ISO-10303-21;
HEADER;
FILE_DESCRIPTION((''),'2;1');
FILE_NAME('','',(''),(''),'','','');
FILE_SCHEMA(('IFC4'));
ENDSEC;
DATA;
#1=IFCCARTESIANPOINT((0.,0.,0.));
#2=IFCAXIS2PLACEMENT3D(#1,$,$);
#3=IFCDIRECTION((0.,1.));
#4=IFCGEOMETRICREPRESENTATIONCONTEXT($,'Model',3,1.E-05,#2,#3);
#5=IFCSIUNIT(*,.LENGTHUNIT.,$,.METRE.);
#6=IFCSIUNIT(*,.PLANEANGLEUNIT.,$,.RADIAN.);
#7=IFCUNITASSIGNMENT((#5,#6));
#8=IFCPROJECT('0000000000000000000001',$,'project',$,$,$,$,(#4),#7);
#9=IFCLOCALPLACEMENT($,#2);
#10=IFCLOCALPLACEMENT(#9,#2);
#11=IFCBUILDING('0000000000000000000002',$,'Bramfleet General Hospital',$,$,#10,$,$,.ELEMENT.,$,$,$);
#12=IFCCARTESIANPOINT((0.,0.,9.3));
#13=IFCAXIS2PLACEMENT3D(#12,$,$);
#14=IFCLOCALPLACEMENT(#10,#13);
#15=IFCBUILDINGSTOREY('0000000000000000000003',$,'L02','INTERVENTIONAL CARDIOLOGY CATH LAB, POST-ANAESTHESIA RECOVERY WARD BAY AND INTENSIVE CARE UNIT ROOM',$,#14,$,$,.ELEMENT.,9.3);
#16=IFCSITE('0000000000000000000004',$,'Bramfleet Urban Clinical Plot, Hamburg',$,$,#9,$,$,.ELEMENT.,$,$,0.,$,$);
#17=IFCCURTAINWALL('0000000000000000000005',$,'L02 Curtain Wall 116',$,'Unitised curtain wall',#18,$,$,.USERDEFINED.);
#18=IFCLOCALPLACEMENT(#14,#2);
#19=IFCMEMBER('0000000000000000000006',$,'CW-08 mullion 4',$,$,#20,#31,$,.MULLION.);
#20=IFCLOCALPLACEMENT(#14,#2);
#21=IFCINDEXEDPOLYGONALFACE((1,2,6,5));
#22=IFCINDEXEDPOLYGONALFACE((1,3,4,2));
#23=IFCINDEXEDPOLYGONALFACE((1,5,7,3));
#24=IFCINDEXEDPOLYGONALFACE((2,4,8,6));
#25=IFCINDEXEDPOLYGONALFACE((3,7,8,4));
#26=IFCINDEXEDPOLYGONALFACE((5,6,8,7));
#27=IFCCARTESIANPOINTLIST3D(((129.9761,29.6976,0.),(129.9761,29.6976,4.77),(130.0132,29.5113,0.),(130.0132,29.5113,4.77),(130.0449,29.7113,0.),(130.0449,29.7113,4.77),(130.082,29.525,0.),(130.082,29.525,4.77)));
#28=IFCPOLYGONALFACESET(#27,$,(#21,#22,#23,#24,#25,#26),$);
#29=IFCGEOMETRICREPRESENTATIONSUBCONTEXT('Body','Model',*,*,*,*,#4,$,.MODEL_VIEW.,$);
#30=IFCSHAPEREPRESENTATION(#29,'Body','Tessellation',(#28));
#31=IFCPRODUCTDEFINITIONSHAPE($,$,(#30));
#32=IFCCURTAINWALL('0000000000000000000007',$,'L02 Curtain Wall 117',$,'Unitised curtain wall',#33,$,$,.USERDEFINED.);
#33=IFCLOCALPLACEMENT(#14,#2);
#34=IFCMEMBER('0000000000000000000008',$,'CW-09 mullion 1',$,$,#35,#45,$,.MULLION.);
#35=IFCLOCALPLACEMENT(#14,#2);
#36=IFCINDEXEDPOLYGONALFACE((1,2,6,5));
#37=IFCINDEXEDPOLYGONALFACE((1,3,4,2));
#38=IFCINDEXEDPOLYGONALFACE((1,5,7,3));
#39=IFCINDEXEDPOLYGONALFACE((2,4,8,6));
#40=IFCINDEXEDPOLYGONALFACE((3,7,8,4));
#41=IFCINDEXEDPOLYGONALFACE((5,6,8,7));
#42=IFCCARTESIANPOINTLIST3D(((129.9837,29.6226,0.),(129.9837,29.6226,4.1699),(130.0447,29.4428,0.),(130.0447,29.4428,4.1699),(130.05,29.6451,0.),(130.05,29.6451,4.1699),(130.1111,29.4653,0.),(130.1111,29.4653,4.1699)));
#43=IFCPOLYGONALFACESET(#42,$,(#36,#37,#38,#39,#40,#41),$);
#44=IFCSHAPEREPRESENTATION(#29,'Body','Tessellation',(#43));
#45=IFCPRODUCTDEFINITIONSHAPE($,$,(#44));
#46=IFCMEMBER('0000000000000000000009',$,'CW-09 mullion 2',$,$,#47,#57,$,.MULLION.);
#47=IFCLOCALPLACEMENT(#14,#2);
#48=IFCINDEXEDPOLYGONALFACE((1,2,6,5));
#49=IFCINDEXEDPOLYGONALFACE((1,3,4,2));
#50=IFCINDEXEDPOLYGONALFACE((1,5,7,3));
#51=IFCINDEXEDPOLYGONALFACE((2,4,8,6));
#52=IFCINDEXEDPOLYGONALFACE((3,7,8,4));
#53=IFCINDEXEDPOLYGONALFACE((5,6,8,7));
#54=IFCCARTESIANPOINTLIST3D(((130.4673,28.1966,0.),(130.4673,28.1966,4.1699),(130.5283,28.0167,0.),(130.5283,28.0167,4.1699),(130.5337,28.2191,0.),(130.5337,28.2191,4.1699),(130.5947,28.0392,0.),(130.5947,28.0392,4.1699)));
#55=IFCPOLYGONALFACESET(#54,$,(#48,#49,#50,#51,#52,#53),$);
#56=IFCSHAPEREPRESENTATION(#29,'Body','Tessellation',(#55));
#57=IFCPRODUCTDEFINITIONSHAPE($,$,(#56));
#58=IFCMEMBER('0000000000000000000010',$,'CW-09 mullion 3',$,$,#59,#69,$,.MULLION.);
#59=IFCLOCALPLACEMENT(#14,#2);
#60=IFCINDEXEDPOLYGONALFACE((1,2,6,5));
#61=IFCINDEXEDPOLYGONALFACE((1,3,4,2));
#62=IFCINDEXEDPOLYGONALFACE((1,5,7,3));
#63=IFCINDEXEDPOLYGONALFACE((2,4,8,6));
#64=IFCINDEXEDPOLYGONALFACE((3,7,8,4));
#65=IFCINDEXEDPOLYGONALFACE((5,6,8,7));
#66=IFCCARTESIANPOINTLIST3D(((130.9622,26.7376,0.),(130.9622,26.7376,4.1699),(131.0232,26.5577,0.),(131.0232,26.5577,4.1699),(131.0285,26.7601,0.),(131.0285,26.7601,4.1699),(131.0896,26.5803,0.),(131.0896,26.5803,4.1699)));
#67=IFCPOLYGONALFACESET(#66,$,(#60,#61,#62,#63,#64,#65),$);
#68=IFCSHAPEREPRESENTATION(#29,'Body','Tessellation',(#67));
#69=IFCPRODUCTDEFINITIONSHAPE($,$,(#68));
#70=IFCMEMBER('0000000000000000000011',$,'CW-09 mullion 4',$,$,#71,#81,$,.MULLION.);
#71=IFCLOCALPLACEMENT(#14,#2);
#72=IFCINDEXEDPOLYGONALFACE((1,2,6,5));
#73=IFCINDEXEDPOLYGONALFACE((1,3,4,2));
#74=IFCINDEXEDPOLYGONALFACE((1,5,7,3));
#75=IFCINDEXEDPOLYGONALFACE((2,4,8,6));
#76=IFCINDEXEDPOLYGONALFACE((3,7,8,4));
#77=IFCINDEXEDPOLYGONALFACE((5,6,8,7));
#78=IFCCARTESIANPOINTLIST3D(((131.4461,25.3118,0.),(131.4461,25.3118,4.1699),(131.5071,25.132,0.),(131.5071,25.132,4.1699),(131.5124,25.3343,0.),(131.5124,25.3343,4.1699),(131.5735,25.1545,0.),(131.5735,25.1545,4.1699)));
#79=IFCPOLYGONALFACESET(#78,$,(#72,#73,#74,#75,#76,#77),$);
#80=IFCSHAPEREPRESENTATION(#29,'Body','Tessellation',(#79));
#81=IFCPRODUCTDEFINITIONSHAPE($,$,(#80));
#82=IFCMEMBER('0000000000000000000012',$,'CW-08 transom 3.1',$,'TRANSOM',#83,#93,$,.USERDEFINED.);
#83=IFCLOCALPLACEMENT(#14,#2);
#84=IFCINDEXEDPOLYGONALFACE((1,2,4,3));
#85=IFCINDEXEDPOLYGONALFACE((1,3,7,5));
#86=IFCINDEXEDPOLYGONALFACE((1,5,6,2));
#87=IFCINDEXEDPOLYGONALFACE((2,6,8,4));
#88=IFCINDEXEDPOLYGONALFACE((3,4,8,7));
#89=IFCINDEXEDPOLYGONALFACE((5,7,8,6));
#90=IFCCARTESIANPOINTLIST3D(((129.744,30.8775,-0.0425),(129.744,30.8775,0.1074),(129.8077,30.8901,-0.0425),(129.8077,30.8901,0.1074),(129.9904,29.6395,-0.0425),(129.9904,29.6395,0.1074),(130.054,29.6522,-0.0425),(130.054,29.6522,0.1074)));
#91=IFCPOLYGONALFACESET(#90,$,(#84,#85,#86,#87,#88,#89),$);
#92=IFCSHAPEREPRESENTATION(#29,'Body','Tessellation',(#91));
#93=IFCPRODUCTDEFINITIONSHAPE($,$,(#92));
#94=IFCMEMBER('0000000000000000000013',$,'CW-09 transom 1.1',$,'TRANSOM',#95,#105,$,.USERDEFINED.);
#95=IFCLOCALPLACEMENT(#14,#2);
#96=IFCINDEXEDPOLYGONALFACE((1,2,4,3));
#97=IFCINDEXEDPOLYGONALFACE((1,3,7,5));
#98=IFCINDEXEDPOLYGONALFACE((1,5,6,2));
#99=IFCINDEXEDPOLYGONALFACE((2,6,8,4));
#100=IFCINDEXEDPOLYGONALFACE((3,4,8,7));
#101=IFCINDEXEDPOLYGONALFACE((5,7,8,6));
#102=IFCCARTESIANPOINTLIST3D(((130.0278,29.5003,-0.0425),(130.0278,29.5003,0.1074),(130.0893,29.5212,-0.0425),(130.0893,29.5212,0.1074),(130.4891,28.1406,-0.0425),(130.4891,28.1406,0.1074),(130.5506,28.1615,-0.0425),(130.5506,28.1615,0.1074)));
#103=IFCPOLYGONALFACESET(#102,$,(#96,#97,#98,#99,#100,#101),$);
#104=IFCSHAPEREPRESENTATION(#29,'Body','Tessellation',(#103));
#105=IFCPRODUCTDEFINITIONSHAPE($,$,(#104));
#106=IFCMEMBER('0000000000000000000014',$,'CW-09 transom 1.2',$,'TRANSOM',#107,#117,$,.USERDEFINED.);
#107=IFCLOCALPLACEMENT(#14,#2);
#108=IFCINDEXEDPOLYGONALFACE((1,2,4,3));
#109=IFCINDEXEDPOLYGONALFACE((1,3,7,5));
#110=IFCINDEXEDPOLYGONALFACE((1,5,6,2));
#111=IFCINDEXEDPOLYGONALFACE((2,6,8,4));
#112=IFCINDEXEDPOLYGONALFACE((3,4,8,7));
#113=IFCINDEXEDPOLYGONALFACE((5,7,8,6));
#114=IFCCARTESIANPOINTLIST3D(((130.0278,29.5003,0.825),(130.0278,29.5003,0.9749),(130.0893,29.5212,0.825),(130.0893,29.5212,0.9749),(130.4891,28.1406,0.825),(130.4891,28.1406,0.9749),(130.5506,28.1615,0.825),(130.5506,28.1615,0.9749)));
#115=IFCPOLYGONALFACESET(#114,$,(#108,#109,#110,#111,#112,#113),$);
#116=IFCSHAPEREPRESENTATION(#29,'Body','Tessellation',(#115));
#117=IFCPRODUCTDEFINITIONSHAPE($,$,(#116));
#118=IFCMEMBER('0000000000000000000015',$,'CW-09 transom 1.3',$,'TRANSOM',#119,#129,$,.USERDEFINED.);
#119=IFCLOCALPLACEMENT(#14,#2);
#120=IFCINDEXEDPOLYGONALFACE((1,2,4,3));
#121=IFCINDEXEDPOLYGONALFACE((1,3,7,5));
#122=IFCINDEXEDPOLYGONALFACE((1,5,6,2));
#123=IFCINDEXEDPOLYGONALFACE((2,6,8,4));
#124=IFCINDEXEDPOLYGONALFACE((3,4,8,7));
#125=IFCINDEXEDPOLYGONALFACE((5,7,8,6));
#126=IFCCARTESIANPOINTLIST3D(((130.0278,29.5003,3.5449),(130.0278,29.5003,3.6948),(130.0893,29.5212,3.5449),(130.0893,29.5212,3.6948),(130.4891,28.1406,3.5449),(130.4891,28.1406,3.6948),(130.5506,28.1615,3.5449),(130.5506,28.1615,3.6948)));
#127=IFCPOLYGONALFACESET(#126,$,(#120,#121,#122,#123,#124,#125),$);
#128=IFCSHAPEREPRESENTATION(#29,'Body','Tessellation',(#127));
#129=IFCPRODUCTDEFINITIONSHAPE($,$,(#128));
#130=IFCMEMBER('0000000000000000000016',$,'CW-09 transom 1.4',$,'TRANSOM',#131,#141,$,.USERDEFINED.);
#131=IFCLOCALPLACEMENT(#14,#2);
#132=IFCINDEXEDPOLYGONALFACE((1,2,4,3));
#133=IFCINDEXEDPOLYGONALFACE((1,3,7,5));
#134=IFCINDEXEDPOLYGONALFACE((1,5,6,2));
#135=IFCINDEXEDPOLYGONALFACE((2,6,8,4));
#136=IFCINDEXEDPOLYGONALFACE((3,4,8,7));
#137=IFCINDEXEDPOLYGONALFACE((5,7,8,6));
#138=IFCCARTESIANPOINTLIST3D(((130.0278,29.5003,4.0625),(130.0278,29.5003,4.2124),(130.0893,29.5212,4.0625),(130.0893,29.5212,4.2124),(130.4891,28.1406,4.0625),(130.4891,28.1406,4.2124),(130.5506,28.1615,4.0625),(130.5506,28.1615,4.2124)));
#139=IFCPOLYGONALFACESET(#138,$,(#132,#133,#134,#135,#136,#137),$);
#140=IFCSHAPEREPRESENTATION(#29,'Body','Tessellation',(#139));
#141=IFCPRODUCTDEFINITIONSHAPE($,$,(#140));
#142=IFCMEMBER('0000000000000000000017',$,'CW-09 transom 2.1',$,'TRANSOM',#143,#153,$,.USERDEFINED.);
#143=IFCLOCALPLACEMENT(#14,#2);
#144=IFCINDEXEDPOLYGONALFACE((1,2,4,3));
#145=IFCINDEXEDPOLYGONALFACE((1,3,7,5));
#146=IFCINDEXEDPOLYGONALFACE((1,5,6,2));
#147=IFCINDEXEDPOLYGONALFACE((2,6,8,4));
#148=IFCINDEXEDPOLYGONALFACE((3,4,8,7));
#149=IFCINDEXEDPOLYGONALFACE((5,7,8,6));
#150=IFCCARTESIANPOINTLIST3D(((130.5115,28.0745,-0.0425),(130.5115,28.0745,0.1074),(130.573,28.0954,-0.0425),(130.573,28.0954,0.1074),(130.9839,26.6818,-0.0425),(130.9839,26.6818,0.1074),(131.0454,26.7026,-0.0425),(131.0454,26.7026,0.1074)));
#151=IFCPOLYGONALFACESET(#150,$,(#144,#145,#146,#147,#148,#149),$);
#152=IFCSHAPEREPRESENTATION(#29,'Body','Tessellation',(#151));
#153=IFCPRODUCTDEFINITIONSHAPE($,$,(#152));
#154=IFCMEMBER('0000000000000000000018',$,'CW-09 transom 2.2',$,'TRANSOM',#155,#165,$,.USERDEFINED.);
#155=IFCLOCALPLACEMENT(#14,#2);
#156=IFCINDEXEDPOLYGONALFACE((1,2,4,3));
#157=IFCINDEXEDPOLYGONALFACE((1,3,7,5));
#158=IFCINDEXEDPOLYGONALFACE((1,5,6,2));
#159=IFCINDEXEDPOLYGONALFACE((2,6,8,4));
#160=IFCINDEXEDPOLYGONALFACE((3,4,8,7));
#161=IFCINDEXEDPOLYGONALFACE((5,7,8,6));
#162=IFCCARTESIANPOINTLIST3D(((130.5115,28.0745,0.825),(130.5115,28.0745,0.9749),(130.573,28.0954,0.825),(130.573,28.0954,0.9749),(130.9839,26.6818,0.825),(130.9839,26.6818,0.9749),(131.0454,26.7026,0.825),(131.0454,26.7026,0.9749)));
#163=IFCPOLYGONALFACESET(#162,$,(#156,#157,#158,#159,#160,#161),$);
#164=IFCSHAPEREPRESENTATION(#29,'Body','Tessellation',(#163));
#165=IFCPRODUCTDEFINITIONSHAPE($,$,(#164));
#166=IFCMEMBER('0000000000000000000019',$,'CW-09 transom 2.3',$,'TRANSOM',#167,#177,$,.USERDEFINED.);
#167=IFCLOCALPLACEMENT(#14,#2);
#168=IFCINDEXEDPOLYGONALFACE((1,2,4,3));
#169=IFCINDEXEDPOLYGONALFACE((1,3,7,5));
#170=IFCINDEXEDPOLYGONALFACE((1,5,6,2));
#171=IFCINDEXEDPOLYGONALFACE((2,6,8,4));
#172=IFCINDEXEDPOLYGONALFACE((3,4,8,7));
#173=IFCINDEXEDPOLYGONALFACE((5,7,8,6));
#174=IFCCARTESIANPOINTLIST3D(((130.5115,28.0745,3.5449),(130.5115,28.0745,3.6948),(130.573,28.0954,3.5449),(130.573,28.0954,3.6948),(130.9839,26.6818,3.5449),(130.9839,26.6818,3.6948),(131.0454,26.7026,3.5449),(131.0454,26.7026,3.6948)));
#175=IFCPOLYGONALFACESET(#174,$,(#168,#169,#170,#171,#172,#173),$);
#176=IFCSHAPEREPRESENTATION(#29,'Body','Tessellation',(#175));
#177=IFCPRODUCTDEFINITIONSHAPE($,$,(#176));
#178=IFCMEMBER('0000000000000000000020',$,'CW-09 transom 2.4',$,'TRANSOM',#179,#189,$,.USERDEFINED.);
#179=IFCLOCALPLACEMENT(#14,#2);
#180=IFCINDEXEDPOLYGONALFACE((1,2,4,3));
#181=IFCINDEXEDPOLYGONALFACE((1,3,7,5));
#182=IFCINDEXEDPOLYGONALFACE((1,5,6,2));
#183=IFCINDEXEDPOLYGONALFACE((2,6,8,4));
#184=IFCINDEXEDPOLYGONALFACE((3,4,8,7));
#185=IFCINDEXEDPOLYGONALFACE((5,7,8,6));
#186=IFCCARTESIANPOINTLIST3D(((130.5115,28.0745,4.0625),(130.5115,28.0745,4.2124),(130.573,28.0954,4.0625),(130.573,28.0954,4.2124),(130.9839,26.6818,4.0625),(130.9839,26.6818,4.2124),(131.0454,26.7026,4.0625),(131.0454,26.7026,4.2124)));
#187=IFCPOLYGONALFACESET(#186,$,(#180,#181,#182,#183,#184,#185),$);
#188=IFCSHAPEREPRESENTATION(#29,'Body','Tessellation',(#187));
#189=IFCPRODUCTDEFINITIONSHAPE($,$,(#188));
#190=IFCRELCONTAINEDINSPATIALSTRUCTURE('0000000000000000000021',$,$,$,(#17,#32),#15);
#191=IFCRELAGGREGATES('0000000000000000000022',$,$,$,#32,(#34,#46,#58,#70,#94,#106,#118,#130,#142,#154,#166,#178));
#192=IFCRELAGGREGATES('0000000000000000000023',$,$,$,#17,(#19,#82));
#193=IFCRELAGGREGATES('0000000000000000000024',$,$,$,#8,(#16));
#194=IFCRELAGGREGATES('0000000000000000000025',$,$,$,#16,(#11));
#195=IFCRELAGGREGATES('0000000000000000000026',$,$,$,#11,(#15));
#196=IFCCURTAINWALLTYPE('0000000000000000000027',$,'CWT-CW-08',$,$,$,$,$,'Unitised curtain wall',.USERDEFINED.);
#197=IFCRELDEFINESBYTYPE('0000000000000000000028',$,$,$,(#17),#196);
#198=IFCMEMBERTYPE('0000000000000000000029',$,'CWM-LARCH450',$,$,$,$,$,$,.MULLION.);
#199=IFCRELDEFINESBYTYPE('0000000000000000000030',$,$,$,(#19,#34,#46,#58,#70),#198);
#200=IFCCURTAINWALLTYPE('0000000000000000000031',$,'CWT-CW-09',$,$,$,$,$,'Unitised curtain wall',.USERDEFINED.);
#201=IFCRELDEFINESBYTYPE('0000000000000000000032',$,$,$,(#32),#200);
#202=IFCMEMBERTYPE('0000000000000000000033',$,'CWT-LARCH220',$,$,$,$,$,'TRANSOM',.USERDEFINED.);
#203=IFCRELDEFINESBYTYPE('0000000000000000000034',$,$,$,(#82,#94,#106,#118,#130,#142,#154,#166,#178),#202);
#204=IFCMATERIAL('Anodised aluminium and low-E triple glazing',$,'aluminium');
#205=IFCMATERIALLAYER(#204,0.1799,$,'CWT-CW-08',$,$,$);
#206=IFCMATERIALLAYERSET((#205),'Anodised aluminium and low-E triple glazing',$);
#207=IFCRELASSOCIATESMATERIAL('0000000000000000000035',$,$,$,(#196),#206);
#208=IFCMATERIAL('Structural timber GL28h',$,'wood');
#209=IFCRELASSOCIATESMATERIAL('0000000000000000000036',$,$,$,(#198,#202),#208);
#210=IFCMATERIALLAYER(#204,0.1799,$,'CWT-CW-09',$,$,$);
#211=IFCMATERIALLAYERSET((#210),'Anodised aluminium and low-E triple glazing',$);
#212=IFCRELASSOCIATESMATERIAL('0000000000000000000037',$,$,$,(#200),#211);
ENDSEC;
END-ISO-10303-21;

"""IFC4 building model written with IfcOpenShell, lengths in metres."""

from ifc_helpers import new_model, si_unit, direction, frame, origin, origin_2d, place, context, subcontext, project, spatial, rectangle, extrude, material, layer, layer_set, material_profile, profile_set, type_object, element, aggregate, save


model = new_model("IFC4")

# Units and contexts
model_context = context("Model", 3, precision=1e-05, world=origin(), true_north=direction((0.0, 1.0)))
body_context = subcontext(model_context, "Body", "Model", "MODEL_VIEW")
ifc_project = project(units=[si_unit("LENGTHUNIT", "METRE"), si_unit("PLANEANGLEUNIT", "RADIAN")], contexts=[model_context])

# Site, building, storey
site_placement = place(None, origin())
site = spatial("IfcSite", under=ifc_project, at=site_placement, Name="Bramfleet Urban Clinical Plot, Hamburg", CompositionType="ELEMENT", RefElevation=0.0)
building_placement = place(site_placement, origin())
building = spatial("IfcBuilding", under=site, at=building_placement, Name="Bramfleet General Hospital", CompositionType="ELEMENT")
storey_placement = place(building_placement, frame((0.0, 0.0, 9.3)))
storey = spatial("IfcBuildingStorey", under=building, at=storey_placement, Name="L02", Description="INTERVENTIONAL CARDIOLOGY CATH LAB, POST-ANAESTHESIA RECOVERY WARD BAY AND INTENSIVE CARE UNIT ROOM", CompositionType="ELEMENT", Elevation=9.3)

# Curtain wall, member
ifc_material_1 = material(Name="Anodised aluminium and low-E triple glazing", Category="aluminium")
ifc_layer_1 = layer(ifc_material_1, 0.1799, Name="CWT-CW-08")
ifc_layer_set_1 = layer_set([ifc_layer_1], Name="Anodised aluminium and low-E triple glazing")
curtain_wall_type_1 = type_object("IfcCurtainWallType", Name="CWT-CW-08", ElementType="Unitised curtain wall", PredefinedType="USERDEFINED", material=ifc_layer_set_1)
curtain_wall_1_placement = place(storey_placement, origin())
curtain_wall_1 = element("IfcCurtainWall", 1, at=curtain_wall_1_placement, inside=storey, type_object=curtain_wall_type_1, Name="L02 Curtain Wall 116", ObjectType="Unitised curtain wall", PredefinedType="USERDEFINED")
ifc_material_2 = material(Name="Structural timber GL28h", Category="wood")
ifc_material_profile_1 = material_profile(ifc_material_2, rectangle(XDim=0.0701, YDim=0.1899, at=origin_2d()), Name="LARCH 190x70")
ifc_profile_set_1 = profile_set([ifc_material_profile_1], Name="Structural timber GL28h")
member_type_1 = type_object("IfcMemberType", Name="CWM-LARCH450", PredefinedType="MULLION", material=ifc_profile_set_1)
member_1_placement = place(storey_placement, frame((130.0291, 29.6113, 0.0), z_axis=(0.0, 0.0, 1.0), x_axis=(0.980749, 0.195272, 0.0)))
member_1 = element("IfcMember", 2, at=member_1_placement, type_object=member_type_1, Name="CW-08 mullion 4", PredefinedType="MULLION", context=body_context, shape_type="SweptSolid", body=[
    extrude(rectangle(XDim=0.0701, YDim=0.1899, at=origin_2d()), origin(), (0.0, 0.0, 1.0), 4.77),
])

# Curtain wall, members
ifc_layer_2 = layer(ifc_material_1, 0.1799, Name="CWT-CW-09")
ifc_layer_set_2 = layer_set([ifc_layer_2], Name="Anodised aluminium and low-E triple glazing")
curtain_wall_type_2 = type_object("IfcCurtainWallType", Name="CWT-CW-09", ElementType="Unitised curtain wall", PredefinedType="USERDEFINED", material=ifc_layer_set_2)
curtain_wall_2_placement = place(storey_placement, origin())
curtain_wall_2 = element("IfcCurtainWall", 3, at=curtain_wall_2_placement, inside=storey, type_object=curtain_wall_type_2, Name="L02 Curtain Wall 117", ObjectType="Unitised curtain wall", PredefinedType="USERDEFINED")
member_2_placement = place(storey_placement, frame((130.0474, 29.5439, 0.0), z_axis=(0.0, 0.0, 1.0), x_axis=(0.946982, 0.321286, 0.0)))
member_2 = element("IfcMember", 4, at=member_2_placement, type_object=member_type_1, Name="CW-09 mullion 1", PredefinedType="MULLION", context=body_context, shape_type="SweptSolid", body=[
    extrude(rectangle(XDim=0.0701, YDim=0.1899, at=origin_2d()), origin(), (0.0, 0.0, 1.0), 4.1699),
])
member_3_placement = place(storey_placement, frame((130.531, 28.1179, 0.0), z_axis=(0.0, 0.0, 1.0), x_axis=(0.946982, 0.321286, 0.0)))
member_3 = element("IfcMember", 5, at=member_3_placement, type_object=member_type_1, Name="CW-09 mullion 2", PredefinedType="MULLION", context=body_context, shape_type="SweptSolid", body=[
    extrude(rectangle(XDim=0.0701, YDim=0.1899, at=origin_2d()), origin(), (0.0, 0.0, 1.0), 4.1699),
])
member_4_placement = place(storey_placement, frame((131.0259, 26.6589, 0.0), z_axis=(0.0, 0.0, 1.0), x_axis=(0.946982, 0.321286, 0.0)))
member_4 = element("IfcMember", 6, at=member_4_placement, type_object=member_type_1, Name="CW-09 mullion 3", PredefinedType="MULLION", context=body_context, shape_type="SweptSolid", body=[
    extrude(rectangle(XDim=0.0701, YDim=0.1899, at=origin_2d()), origin(), (0.0, 0.0, 1.0), 4.1699),
])
member_5_placement = place(storey_placement, frame((131.5098, 25.2332, 0.0), z_axis=(0.0, 0.0, 1.0), x_axis=(0.946982, 0.321286, 0.0)))
member_5 = element("IfcMember", 7, at=member_5_placement, type_object=member_type_1, Name="CW-09 mullion 4", PredefinedType="MULLION", context=body_context, shape_type="SweptSolid", body=[
    extrude(rectangle(XDim=0.0701, YDim=0.1899, at=origin_2d()), origin(), (0.0, 0.0, 1.0), 4.1699),
])

# Members
ifc_material_profile_2 = material_profile(ifc_material_2, rectangle(XDim=0.0649, YDim=0.1499, at=origin_2d()), Name="LARCH 150x65")
ifc_profile_set_2 = profile_set([ifc_material_profile_2], Name="Structural timber GL28h")
member_type_2 = type_object("IfcMemberType", Name="CWT-LARCH220", ElementType="TRANSOM", PredefinedType="USERDEFINED", material=ifc_profile_set_2)
member_6_placement = place(storey_placement, frame((129.7759, 30.8838, 0.0325), z_axis=(0.195149, -0.980774, 0.0), x_axis=(0.980774, 0.195149, 0.0)))
member_6 = element("IfcMember", 8, at=member_6_placement, type_object=member_type_2, Name="CW-08 transom 3.1", ObjectType="TRANSOM", PredefinedType="USERDEFINED", context=body_context, shape_type="SweptSolid", body=[
    extrude(rectangle(XDim=0.0649, YDim=0.1499, at=origin_2d()), origin(), (0.0, 0.0, 1.0), 1.2622),
])
member_7_placement = place(storey_placement, frame((130.0586, 29.5107, 0.0325), z_axis=(0.321223, -0.947004, 0.0), x_axis=(0.947004, 0.321223, 0.0)))
member_7 = element("IfcMember", 9, at=member_7_placement, type_object=member_type_2, Name="CW-09 transom 1.1", ObjectType="TRANSOM", PredefinedType="USERDEFINED", context=body_context, shape_type="SweptSolid", body=[
    extrude(rectangle(XDim=0.0649, YDim=0.1499, at=origin_2d()), origin(), (0.0, 0.0, 1.0), 1.4358),
])
member_8_placement = place(storey_placement, frame((130.0586, 29.5107, 0.8999), z_axis=(0.321223, -0.947004, 0.0), x_axis=(0.947004, 0.321223, 0.0)))
member_8 = element("IfcMember", 10, at=member_8_placement, type_object=member_type_2, Name="CW-09 transom 1.2", ObjectType="TRANSOM", PredefinedType="USERDEFINED", context=body_context, shape_type="SweptSolid", body=[
    extrude(rectangle(XDim=0.0649, YDim=0.1499, at=origin_2d()), origin(), (0.0, 0.0, 1.0), 1.4358),
])
member_9_placement = place(storey_placement, frame((130.0586, 29.5107, 3.6199), z_axis=(0.321223, -0.947004, 0.0), x_axis=(0.947004, 0.321223, 0.0)))
member_9 = element("IfcMember", 11, at=member_9_placement, type_object=member_type_2, Name="CW-09 transom 1.3", ObjectType="TRANSOM", PredefinedType="USERDEFINED", context=body_context, shape_type="SweptSolid", body=[
    extrude(rectangle(XDim=0.0649, YDim=0.1499, at=origin_2d()), origin(), (0.0, 0.0, 1.0), 1.4358),
])
member_10_placement = place(storey_placement, frame((130.0586, 29.5107, 4.1375), z_axis=(0.321223, -0.947004, 0.0), x_axis=(0.947004, 0.321223, 0.0)))
member_10 = element("IfcMember", 12, at=member_10_placement, type_object=member_type_2, Name="CW-09 transom 1.4", ObjectType="TRANSOM", PredefinedType="USERDEFINED", context=body_context, shape_type="SweptSolid", body=[
    extrude(rectangle(XDim=0.0649, YDim=0.1499, at=origin_2d()), origin(), (0.0, 0.0, 1.0), 1.4358),
])
member_11_placement = place(storey_placement, frame((130.5422, 28.085, 0.0325), z_axis=(0.321203, -0.94701, 0.0), x_axis=(0.94701, 0.321203, 0.0)))
member_11 = element("IfcMember", 13, at=member_11_placement, type_object=member_type_2, Name="CW-09 transom 2.1", ObjectType="TRANSOM", PredefinedType="USERDEFINED", context=body_context, shape_type="SweptSolid", body=[
    extrude(rectangle(XDim=0.0649, YDim=0.1499, at=origin_2d()), origin(), (0.0, 0.0, 1.0), 1.4707),
])
member_12_placement = place(storey_placement, frame((130.5422, 28.085, 0.8999), z_axis=(0.321203, -0.94701, 0.0), x_axis=(0.94701, 0.321203, 0.0)))
member_12 = element("IfcMember", 14, at=member_12_placement, type_object=member_type_2, Name="CW-09 transom 2.2", ObjectType="TRANSOM", PredefinedType="USERDEFINED", context=body_context, shape_type="SweptSolid", body=[
    extrude(rectangle(XDim=0.0649, YDim=0.1499, at=origin_2d()), origin(), (0.0, 0.0, 1.0), 1.4707),
])
member_13_placement = place(storey_placement, frame((130.5422, 28.085, 3.6199), z_axis=(0.321203, -0.94701, 0.0), x_axis=(0.94701, 0.321203, 0.0)))
member_13 = element("IfcMember", 15, at=member_13_placement, type_object=member_type_2, Name="CW-09 transom 2.3", ObjectType="TRANSOM", PredefinedType="USERDEFINED", context=body_context, shape_type="SweptSolid", body=[
    extrude(rectangle(XDim=0.0649, YDim=0.1499, at=origin_2d()), origin(), (0.0, 0.0, 1.0), 1.4707),
])
member_14_placement = place(storey_placement, frame((130.5422, 28.085, 4.1375), z_axis=(0.321203, -0.94701, 0.0), x_axis=(0.94701, 0.321203, 0.0)))
member_14 = element("IfcMember", 16, at=member_14_placement, type_object=member_type_2, Name="CW-09 transom 2.4", ObjectType="TRANSOM", PredefinedType="USERDEFINED", context=body_context, shape_type="SweptSolid", body=[
    extrude(rectangle(XDim=0.0649, YDim=0.1499, at=origin_2d()), origin(), (0.0, 0.0, 1.0), 1.4707),
])

aggregate(curtain_wall_2, [member_2, member_3, member_4, member_5, member_7, member_8, member_9, member_10, member_11, member_12, member_13, member_14])
aggregate(curtain_wall_1, [member_1, member_6])

save(model, "model.ifc")
